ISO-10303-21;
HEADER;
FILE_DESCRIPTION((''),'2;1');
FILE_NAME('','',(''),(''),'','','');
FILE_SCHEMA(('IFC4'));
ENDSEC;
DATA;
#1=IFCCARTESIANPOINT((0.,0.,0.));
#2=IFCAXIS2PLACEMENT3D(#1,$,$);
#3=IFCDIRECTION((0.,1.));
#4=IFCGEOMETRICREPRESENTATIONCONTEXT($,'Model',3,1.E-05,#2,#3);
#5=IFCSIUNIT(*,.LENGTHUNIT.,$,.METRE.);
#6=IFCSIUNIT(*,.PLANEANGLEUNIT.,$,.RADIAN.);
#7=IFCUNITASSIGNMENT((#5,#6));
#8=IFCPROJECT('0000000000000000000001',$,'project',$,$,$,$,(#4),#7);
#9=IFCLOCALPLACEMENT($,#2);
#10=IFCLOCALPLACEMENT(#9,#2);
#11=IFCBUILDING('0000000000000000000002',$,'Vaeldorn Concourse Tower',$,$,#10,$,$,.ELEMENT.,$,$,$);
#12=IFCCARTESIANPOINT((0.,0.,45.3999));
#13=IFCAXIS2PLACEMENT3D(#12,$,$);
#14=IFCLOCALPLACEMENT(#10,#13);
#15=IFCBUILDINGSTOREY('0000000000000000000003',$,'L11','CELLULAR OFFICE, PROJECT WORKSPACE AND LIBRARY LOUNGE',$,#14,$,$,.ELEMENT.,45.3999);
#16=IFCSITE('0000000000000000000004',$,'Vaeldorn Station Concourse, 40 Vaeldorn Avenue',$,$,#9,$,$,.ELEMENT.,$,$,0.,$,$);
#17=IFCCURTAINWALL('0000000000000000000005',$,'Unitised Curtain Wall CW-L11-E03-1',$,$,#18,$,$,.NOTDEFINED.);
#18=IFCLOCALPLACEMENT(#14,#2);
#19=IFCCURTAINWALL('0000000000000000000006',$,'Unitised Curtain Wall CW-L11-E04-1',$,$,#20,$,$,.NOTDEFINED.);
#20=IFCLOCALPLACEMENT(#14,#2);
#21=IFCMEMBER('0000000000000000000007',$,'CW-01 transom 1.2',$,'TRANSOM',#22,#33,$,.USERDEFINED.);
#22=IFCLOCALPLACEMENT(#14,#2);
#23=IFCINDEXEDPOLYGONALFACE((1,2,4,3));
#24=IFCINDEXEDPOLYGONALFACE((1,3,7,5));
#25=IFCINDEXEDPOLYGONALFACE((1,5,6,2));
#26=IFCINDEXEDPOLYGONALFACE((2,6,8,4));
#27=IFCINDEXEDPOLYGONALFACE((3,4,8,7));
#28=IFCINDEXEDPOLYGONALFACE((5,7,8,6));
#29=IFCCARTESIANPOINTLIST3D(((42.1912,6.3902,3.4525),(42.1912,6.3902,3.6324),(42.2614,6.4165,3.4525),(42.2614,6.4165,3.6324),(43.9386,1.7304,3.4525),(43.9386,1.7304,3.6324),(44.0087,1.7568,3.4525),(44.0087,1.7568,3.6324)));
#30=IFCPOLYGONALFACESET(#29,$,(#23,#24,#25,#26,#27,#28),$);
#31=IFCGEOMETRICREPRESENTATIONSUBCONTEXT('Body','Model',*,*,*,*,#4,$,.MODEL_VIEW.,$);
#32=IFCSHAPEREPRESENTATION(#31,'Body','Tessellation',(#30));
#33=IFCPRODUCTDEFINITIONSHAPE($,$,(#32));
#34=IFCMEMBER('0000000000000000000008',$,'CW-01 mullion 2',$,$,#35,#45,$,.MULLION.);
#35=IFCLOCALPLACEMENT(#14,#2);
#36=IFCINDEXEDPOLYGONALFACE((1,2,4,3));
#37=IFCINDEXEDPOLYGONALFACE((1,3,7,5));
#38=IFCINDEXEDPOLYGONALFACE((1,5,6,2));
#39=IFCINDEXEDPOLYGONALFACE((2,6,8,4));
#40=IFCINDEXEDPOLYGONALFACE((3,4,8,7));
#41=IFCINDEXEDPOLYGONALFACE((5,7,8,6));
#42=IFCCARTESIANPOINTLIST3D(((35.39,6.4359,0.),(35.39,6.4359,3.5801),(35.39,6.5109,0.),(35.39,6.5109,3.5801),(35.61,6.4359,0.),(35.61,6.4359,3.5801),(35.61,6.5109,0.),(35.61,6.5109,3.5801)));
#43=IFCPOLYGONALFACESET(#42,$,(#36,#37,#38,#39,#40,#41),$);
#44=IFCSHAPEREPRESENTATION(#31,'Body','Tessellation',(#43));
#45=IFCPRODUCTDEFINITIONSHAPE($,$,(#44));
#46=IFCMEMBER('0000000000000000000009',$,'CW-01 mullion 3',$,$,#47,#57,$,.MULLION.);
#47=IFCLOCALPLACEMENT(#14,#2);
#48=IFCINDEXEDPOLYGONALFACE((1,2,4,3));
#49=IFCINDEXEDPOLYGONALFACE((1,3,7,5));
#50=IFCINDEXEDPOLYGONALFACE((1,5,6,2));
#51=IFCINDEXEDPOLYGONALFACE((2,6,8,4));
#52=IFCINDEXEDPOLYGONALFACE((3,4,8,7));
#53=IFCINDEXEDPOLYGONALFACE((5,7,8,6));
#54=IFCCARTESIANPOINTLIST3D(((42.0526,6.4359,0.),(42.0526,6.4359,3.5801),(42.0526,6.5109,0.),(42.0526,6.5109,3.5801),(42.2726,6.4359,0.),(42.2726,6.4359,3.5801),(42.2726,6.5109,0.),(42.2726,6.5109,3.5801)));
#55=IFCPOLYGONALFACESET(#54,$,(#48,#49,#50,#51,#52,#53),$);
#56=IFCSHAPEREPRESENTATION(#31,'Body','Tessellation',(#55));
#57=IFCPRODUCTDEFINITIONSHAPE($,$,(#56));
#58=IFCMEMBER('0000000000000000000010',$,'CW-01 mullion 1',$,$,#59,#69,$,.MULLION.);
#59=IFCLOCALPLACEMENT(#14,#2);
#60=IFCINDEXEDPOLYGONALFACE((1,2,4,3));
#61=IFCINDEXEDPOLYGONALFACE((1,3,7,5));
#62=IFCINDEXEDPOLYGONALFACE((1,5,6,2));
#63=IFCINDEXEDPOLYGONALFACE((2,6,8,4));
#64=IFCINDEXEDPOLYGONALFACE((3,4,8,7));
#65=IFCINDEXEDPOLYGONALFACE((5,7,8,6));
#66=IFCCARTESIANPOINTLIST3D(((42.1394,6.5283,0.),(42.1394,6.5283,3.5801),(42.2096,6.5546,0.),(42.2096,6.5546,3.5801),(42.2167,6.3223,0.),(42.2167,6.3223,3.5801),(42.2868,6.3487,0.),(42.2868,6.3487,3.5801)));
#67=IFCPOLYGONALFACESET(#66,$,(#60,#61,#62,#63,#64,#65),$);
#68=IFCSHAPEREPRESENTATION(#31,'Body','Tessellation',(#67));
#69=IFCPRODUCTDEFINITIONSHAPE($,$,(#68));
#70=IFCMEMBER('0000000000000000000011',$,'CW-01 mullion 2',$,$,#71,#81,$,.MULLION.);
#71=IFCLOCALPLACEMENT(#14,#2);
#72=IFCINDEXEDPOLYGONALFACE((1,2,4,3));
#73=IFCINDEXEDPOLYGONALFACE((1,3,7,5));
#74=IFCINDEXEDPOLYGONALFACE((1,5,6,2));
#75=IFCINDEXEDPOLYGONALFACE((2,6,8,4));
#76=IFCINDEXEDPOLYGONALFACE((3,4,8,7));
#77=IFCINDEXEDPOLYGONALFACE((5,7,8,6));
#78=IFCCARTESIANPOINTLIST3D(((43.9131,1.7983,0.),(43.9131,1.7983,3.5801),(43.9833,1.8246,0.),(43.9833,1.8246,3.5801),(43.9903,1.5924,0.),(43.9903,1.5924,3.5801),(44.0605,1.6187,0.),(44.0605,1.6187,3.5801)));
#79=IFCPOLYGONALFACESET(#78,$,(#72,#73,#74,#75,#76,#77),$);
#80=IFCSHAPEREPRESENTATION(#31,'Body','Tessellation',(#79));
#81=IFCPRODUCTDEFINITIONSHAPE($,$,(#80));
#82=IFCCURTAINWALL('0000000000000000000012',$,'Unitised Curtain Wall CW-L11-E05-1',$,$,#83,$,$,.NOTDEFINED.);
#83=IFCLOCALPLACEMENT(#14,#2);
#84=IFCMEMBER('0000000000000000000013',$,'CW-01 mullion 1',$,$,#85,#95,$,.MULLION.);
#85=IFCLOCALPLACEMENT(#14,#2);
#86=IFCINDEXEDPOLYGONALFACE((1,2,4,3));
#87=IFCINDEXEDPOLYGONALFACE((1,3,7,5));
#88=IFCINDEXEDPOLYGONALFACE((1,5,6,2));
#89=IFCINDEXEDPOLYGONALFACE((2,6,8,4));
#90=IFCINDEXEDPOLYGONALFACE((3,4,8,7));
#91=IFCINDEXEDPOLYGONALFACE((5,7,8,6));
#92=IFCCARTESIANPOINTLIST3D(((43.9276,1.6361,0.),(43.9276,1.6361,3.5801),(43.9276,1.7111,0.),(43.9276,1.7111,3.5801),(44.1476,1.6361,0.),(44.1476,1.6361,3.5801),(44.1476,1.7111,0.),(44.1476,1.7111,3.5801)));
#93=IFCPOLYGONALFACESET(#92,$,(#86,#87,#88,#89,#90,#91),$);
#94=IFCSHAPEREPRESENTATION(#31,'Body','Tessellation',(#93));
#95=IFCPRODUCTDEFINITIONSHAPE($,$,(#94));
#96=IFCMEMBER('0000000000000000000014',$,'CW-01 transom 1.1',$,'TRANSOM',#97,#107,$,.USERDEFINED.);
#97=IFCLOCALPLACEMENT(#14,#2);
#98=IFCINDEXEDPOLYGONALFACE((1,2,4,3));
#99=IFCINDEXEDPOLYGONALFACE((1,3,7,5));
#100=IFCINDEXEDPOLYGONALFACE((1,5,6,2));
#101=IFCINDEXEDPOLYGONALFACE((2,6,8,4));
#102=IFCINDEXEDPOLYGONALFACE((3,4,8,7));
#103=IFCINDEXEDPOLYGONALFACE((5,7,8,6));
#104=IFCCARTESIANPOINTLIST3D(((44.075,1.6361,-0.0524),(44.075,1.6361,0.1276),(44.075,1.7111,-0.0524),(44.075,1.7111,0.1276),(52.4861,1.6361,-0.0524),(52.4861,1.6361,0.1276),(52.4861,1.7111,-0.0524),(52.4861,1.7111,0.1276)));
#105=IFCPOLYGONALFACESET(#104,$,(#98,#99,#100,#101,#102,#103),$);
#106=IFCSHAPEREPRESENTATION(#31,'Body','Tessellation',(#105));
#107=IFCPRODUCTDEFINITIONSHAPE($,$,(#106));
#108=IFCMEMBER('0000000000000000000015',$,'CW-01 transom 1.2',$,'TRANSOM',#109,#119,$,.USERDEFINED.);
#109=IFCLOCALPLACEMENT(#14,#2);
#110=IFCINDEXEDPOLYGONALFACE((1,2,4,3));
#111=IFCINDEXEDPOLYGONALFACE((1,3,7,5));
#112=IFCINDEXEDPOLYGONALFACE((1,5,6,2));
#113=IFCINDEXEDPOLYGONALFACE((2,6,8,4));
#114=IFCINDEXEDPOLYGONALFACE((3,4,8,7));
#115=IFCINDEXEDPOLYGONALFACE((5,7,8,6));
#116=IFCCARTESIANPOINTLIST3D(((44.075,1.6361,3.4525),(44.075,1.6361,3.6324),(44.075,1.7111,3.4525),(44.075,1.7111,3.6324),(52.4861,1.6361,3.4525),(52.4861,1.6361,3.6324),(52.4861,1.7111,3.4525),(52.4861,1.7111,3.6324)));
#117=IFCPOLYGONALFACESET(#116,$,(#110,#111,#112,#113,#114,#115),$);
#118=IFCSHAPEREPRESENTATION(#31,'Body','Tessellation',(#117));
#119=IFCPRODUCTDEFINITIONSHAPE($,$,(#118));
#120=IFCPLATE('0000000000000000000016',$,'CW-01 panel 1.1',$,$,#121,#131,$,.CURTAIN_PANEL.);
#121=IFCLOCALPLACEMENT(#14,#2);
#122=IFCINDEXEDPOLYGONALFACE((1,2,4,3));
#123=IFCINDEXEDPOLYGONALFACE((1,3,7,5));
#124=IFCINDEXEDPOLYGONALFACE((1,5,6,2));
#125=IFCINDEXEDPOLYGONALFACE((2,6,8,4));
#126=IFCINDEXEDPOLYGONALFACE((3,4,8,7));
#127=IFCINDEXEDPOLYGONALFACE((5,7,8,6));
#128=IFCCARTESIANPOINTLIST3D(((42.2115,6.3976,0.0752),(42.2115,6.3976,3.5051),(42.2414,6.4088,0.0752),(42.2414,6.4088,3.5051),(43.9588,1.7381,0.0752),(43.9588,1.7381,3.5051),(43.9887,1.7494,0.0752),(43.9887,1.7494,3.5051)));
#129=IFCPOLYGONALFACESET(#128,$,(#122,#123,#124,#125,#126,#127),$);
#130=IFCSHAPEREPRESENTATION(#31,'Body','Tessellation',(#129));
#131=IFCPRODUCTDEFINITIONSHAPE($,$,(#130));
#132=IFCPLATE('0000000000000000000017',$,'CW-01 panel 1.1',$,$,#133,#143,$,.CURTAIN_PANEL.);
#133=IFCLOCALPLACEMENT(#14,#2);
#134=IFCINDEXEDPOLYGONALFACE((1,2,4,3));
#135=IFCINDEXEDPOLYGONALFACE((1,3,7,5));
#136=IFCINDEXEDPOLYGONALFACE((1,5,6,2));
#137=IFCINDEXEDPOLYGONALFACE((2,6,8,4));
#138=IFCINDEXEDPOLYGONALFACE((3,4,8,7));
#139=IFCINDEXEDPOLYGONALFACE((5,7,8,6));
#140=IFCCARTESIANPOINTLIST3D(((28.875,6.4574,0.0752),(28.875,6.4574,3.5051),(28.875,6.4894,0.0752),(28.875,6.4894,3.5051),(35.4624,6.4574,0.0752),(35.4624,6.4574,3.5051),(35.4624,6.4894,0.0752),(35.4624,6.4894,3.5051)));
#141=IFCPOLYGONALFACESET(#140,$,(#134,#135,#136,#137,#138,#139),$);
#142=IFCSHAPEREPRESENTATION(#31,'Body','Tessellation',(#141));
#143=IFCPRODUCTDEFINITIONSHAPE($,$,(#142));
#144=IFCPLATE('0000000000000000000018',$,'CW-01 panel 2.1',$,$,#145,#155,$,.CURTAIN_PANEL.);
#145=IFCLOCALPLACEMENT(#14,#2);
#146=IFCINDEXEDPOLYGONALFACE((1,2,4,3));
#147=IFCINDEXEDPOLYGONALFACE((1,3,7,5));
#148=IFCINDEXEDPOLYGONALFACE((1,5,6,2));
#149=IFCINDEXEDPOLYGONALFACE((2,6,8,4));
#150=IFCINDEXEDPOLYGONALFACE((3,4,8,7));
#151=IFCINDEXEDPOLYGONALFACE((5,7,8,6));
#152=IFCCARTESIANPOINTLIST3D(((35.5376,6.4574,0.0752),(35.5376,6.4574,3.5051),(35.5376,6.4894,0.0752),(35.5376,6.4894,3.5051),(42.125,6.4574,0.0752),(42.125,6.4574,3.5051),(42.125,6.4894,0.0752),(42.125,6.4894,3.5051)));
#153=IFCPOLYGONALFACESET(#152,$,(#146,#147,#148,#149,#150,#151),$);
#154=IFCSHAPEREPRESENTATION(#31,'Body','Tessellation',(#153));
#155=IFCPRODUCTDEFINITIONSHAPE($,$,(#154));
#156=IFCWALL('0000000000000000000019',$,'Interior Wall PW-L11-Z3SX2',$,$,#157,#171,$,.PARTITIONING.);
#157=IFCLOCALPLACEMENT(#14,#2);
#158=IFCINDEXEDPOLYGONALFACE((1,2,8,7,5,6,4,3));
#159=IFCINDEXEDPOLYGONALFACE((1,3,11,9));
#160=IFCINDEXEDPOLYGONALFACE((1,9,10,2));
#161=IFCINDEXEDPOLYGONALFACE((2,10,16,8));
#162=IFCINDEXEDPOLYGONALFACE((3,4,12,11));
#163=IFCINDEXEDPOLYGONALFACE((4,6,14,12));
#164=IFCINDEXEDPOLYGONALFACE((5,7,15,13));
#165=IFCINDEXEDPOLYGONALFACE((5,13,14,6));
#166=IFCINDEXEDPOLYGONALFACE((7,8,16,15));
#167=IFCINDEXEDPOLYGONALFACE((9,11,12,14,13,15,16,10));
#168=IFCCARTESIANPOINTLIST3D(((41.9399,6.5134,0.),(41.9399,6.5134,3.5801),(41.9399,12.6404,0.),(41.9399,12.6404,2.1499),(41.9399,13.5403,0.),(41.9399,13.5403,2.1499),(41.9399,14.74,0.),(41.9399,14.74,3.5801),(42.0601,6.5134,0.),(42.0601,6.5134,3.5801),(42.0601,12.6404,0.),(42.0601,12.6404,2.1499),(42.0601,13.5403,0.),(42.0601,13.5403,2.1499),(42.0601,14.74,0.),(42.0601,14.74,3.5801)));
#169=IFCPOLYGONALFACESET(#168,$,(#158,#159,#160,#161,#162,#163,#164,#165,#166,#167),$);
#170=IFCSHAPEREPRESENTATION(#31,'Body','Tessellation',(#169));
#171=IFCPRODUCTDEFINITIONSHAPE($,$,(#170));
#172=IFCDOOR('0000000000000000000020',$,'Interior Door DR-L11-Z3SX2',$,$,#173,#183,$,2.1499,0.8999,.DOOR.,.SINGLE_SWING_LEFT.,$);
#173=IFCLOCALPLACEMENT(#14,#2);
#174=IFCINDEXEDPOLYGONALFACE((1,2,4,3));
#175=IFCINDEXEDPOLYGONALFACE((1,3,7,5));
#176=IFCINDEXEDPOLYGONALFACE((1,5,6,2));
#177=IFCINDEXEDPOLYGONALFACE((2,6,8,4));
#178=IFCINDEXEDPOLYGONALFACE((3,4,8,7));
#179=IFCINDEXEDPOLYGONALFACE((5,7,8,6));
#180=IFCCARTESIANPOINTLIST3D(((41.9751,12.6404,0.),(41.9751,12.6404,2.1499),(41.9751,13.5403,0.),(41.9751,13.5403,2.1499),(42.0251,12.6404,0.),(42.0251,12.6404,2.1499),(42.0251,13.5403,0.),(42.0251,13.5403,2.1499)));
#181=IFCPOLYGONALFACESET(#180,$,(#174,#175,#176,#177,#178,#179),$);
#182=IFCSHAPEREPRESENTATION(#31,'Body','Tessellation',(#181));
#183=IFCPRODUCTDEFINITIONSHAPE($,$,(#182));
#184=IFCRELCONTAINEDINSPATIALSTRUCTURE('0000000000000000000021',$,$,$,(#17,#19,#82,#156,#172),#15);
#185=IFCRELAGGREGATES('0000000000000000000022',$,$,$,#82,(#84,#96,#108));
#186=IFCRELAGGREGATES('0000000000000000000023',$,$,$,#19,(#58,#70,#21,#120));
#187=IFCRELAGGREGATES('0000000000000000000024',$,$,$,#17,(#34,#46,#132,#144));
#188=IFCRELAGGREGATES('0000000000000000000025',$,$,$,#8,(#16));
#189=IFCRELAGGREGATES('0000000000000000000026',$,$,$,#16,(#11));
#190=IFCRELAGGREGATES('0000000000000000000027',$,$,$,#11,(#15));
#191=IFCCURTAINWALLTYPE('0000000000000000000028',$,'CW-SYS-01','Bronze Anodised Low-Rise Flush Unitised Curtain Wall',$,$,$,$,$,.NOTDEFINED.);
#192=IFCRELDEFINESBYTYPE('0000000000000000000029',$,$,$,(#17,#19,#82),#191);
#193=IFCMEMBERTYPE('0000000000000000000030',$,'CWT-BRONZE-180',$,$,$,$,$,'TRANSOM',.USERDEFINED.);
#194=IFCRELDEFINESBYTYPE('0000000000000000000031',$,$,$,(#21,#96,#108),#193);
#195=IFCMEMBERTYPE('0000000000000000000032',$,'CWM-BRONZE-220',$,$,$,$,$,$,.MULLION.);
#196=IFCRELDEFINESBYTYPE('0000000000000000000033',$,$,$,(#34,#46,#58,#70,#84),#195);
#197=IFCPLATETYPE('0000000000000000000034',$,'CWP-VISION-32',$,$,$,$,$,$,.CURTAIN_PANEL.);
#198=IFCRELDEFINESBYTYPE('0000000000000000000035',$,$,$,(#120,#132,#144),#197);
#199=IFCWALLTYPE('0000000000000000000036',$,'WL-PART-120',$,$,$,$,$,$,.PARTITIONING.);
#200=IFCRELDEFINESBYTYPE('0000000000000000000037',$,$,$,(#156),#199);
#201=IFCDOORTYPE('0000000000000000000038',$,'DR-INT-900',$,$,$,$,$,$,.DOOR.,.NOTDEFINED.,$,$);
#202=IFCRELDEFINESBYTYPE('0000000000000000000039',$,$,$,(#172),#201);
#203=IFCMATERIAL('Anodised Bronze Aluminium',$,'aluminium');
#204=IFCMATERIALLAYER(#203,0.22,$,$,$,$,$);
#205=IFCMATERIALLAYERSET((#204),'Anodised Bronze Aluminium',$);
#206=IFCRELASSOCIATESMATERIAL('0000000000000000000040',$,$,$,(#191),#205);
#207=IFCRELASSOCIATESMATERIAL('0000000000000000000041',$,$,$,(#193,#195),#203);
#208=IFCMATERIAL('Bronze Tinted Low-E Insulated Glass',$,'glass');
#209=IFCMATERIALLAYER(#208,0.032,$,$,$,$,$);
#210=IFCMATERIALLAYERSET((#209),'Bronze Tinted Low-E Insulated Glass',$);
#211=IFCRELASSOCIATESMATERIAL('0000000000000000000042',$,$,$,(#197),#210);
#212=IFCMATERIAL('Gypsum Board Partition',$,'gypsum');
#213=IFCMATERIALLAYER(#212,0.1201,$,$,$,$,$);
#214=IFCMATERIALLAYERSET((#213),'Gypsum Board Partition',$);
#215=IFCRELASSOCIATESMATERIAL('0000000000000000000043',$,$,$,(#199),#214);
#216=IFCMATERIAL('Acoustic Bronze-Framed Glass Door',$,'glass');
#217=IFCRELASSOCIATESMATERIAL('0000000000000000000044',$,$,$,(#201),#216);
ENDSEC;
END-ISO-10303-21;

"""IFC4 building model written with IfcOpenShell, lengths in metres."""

from ifc_helpers import new_model, si_unit, direction, frame, frame_2d, origin, origin_2d, place, context, subcontext, project, spatial, rectangle, extrude, source, transform, mapped, material, layer, layer_set, material_profile, profile_set, type_object, element, fill, aggregate, save


model = new_model("IFC4")

# Units and contexts
model_context = context("Model", 3, precision=1e-05, world=origin(), true_north=direction((0.0, 1.0)))
body_context = subcontext(model_context, "Body", "Model", "MODEL_VIEW")
ifc_project = project(units=[si_unit("LENGTHUNIT", "METRE"), si_unit("PLANEANGLEUNIT", "RADIAN")], contexts=[model_context])

# Site, building, storey
site_placement = place(None, origin())
site = spatial("IfcSite", under=ifc_project, at=site_placement, Name="Vaeldorn Station Concourse, 40 Vaeldorn Avenue", CompositionType="ELEMENT", RefElevation=0.0)
building_placement = place(site_placement, origin())
building = spatial("IfcBuilding", under=site, at=building_placement, Name="Vaeldorn Concourse Tower", CompositionType="ELEMENT")
storey_placement = place(building_placement, frame((0.0, 0.0, 45.3999)))
storey = spatial("IfcBuildingStorey", under=building, at=storey_placement, Name="L11", Description="CELLULAR OFFICE, PROJECT WORKSPACE AND LIBRARY LOUNGE", CompositionType="ELEMENT", Elevation=45.3999)

# Curtain walls, member
ifc_material_1 = material(Name="Anodised Bronze Aluminium", Category="aluminium")
ifc_layer_1 = layer(ifc_material_1, 0.22)
ifc_layer_set_1 = layer_set([ifc_layer_1], Name="Anodised Bronze Aluminium")
curtain_wall_type = type_object("IfcCurtainWallType", Name="CW-SYS-01", Description="Bronze Anodised Low-Rise Flush Unitised Curtain Wall", PredefinedType="NOTDEFINED", material=ifc_layer_set_1)
curtain_wall_1_placement = place(storey_placement, origin())
curtain_wall_1 = element("IfcCurtainWall", 1, at=curtain_wall_1_placement, inside=storey, type_object=curtain_wall_type, Name="Unitised Curtain Wall CW-L11-E03-1", PredefinedType="NOTDEFINED")
ifc_material_profile_1 = material_profile(ifc_material_1, rectangle(XDim=0.075, YDim=0.1799, at=origin_2d()), Name="CWT 75x180")
ifc_profile_set_1 = profile_set([ifc_material_profile_1], Name="Anodised Bronze Aluminium")
member_type_1 = type_object("IfcMemberType", Name="CWT-BRONZE-180", ElementType="TRANSOM", PredefinedType="USERDEFINED", material=ifc_profile_set_1)
curtain_wall_2_placement = place(storey_placement, origin())
curtain_wall_2 = element("IfcCurtainWall", 2, at=curtain_wall_2_placement, inside=storey, type_object=curtain_wall_type, Name="Unitised Curtain Wall CW-L11-E04-1", PredefinedType="NOTDEFINED")
shared_shape_1 = source(origin(), body_context, "Body", "SweptSolid", [
    extrude(rectangle(XDim=0.075, YDim=0.1799, at=origin_2d()), origin(), (0.0, 0.0, 1.0), 4.9766),
])
member_1_placement = place(storey_placement, frame((42.2263, 6.4033, 3.5425), z_axis=(0.351113, -0.936333, 0.0), x_axis=(0.936333, 0.351113, 0.0)))
member_1 = element("IfcMember", 3, at=member_1_placement, type_object=member_type_1, Name="CW-01 transom 1.2", ObjectType="TRANSOM", PredefinedType="USERDEFINED", context=body_context, shape_type="MappedRepresentation", body=[
    mapped(shared_shape_1, transform((0.0, 0.0, 0.0), scale=1.0)),
])

# Members
ifc_material_profile_2 = material_profile(ifc_material_1, rectangle(XDim=0.075, YDim=0.22, at=origin_2d()), Name="CWM 75x220")
ifc_profile_set_2 = profile_set([ifc_material_profile_2], Name="Anodised Bronze Aluminium")
member_type_2 = type_object("IfcMemberType", Name="CWM-BRONZE-220", PredefinedType="MULLION", material=ifc_profile_set_2)
shared_shape_2 = source(origin(), body_context, "Body", "SweptSolid", [
    extrude(rectangle(XDim=0.075, YDim=0.22, at=origin_2d()), origin(), (0.0, 0.0, 1.0), 3.5801),
])
member_2_placement = place(storey_placement, frame((35.5, 6.4734, 0.0), z_axis=(0.0, 0.0, 1.0), x_axis=(0.0, 1.0, 0.0)))
member_2 = element("IfcMember", 4, at=member_2_placement, type_object=member_type_2, Name="CW-01 mullion 2", PredefinedType="MULLION", context=body_context, shape_type="MappedRepresentation", body=[
    mapped(shared_shape_2, transform((0.0, 0.0, 0.0), scale=1.0)),
])
member_3_placement = place(storey_placement, frame((42.1626, 6.4734, 0.0), z_axis=(0.0, 0.0, 1.0), x_axis=(0.0, 1.0, 0.0)))
member_3 = element("IfcMember", 5, at=member_3_placement, type_object=member_type_2, Name="CW-01 mullion 3", PredefinedType="MULLION", context=body_context, shape_type="MappedRepresentation", body=[
    mapped(shared_shape_2, transform((0.0, 0.0, 0.0), scale=1.0)),
])
member_4_placement = place(storey_placement, frame((42.2131, 6.4385, 0.0), z_axis=(0.0, 0.0, 1.0), x_axis=(0.936329, 0.351123, 0.0)))
member_4 = element("IfcMember", 6, at=member_4_placement, type_object=member_type_2, Name="CW-01 mullion 1", PredefinedType="MULLION", context=body_context, shape_type="MappedRepresentation", body=[
    mapped(shared_shape_2, transform((0.0, 0.0, 0.0), scale=1.0)),
])
member_5_placement = place(storey_placement, frame((43.9868, 1.7085, 0.0), z_axis=(0.0, 0.0, 1.0), x_axis=(0.936329, 0.351123, 0.0)))
member_5 = element("IfcMember", 7, at=member_5_placement, type_object=member_type_2, Name="CW-01 mullion 2", PredefinedType="MULLION", context=body_context, shape_type="MappedRepresentation", body=[
    mapped(shared_shape_2, transform((0.0, 0.0, 0.0), scale=1.0)),
])

# Curtain wall, members
curtain_wall_3_placement = place(storey_placement, origin())
curtain_wall_3 = element("IfcCurtainWall", 8, at=curtain_wall_3_placement, inside=storey, type_object=curtain_wall_type, Name="Unitised Curtain Wall CW-L11-E05-1", PredefinedType="NOTDEFINED")
member_6_placement = place(storey_placement, frame((44.0376, 1.6736, 0.0), z_axis=(0.0, 0.0, 1.0), x_axis=(0.0, 1.0, 0.0)))
member_6 = element("IfcMember", 9, at=member_6_placement, type_object=member_type_2, Name="CW-01 mullion 1", PredefinedType="MULLION", context=body_context, shape_type="MappedRepresentation", body=[
    mapped(shared_shape_2, transform((0.0, 0.0, 0.0), scale=1.0)),
])
shared_shape_3 = source(origin(), body_context, "Body", "SweptSolid", [
    extrude(rectangle(XDim=0.075, YDim=0.1799, at=origin_2d()), origin(), (0.0, 0.0, 1.0), 8.4111),
])
member_7_placement = place(storey_placement, frame((44.075, 1.6736, 0.0376), z_axis=(1.0, 0.0, 0.0), x_axis=(0.0, 1.0, 0.0)))
member_7 = element("IfcMember", 10, at=member_7_placement, type_object=member_type_1, Name="CW-01 transom 1.1", ObjectType="TRANSOM", PredefinedType="USERDEFINED", context=body_context, shape_type="MappedRepresentation", body=[
    mapped(shared_shape_3, transform((0.0, 0.0, 0.0), scale=1.0)),
])
member_8_placement = place(storey_placement, frame((44.075, 1.6736, 3.5425), z_axis=(1.0, 0.0, 0.0), x_axis=(0.0, 1.0, 0.0)))
member_8 = element("IfcMember", 11, at=member_8_placement, type_object=member_type_1, Name="CW-01 transom 1.2", ObjectType="TRANSOM", PredefinedType="USERDEFINED", context=body_context, shape_type="MappedRepresentation", body=[
    mapped(shared_shape_3, transform((0.0, 0.0, 0.0), scale=1.0)),
])
aggregate(curtain_wall_3, [member_6, member_7, member_8])

# Plates
ifc_material_2 = material(Name="Bronze Tinted Low-E Insulated Glass", Category="glass")
ifc_layer_2 = layer(ifc_material_2, 0.032)
ifc_layer_set_2 = layer_set([ifc_layer_2], Name="Bronze Tinted Low-E Insulated Glass")
plate_type = type_object("IfcPlateType", Name="CWP-VISION-32", PredefinedType="CURTAIN_PANEL", material=ifc_layer_set_2)
shared_shape_4 = source(origin(), body_context, "Body", "SweptSolid", [
    extrude(rectangle(XDim=4.9763, YDim=0.032, at=origin_2d()), origin(), (0.0, 0.0, 1.0), 3.4299),
])
plate_1_placement = place(storey_placement, frame((43.1001, 4.0735, 0.0752), z_axis=(0.0, 0.0, 1.0), x_axis=(0.351123, -0.936329, 0.0)))
plate_1 = element("IfcPlate", 12, at=plate_1_placement, type_object=plate_type, Name="CW-01 panel 1.1", PredefinedType="CURTAIN_PANEL", context=body_context, shape_type="MappedRepresentation", body=[
    mapped(shared_shape_4, transform((0.0, 0.0, 0.0), scale=1.0)),
])
aggregate(curtain_wall_2, [member_4, member_5, member_1, plate_1])
shared_shape_5 = source(origin(), body_context, "Body", "SweptSolid", [
    extrude(rectangle(XDim=6.5874, YDim=0.032, at=origin_2d()), origin(), (0.0, 0.0, 1.0), 3.4299),
])
plate_2_placement = place(storey_placement, frame((32.1687, 6.4734, 0.0752), z_axis=(0.0, 0.0, 1.0), x_axis=(1.0, 0.0, 0.0)))
plate_2 = element("IfcPlate", 13, at=plate_2_placement, type_object=plate_type, Name="CW-01 panel 1.1", PredefinedType="CURTAIN_PANEL", context=body_context, shape_type="MappedRepresentation", body=[
    mapped(shared_shape_5, transform((0.0, 0.0, 0.0), scale=1.0)),
])
plate_3_placement = place(storey_placement, frame((38.8313, 6.4734, 0.0752), z_axis=(0.0, 0.0, 1.0), x_axis=(1.0, 0.0, 0.0)))
plate_3 = element("IfcPlate", 14, at=plate_3_placement, type_object=plate_type, Name="CW-01 panel 2.1", PredefinedType="CURTAIN_PANEL", context=body_context, shape_type="MappedRepresentation", body=[
    mapped(shared_shape_5, transform((0.0, 0.0, 0.0), scale=1.0)),
])
aggregate(curtain_wall_1, [member_2, member_3, plate_2, plate_3])

# Wall, opening, door
ifc_material_3 = material(Name="Gypsum Board Partition", Category="gypsum")
ifc_layer_3 = layer(ifc_material_3, 0.1201)
ifc_layer_set_3 = layer_set([ifc_layer_3], Name="Gypsum Board Partition")
wall_type = type_object("IfcWallType", Name="WL-PART-120", PredefinedType="PARTITIONING", material=ifc_layer_set_3)
wall_placement = place(storey_placement, frame((42.0, 6.5134, 0.0), z_axis=(0.0, 0.0, 1.0), x_axis=(0.0, 1.0, 0.0)))
wall = element("IfcWall", 15, at=wall_placement, inside=storey, type_object=wall_type, Name="Interior Wall PW-L11-Z3SX2", PredefinedType="PARTITIONING", context=body_context, shape_type="SweptSolid", body=[
    extrude(rectangle(XDim=8.2266, YDim=0.1201, at=frame_2d((4.1133, 0.0))), origin(), (0.0, 0.0, 1.0), 3.5801),
])
opening_placement = place(wall_placement, frame((6.127, 0.0, 0.0)))
opening = element("IfcOpeningElement", 16, at=opening_placement, cuts=wall, PredefinedType="OPENING", context=body_context, shape_type="SweptSolid", body=[
    extrude(rectangle(XDim=0.8999, YDim=2.1499, at=frame_2d((0.45, 1.075))), frame((0.0, 0.0701, 0.0), z_axis=(0.0, -1.0, 0.0), x_axis=(1.0, 0.0, 0.0)), (0.0, 0.0, 1.0), 0.1401),
])
ifc_material_4 = material(Name="Acoustic Bronze-Framed Glass Door", Category="glass")
door_type = type_object("IfcDoorType", Name="DR-INT-900", OperationType="NOTDEFINED", PredefinedType="DOOR", material=ifc_material_4)
shared_shape_6 = source(origin(), body_context, "Body", "SweptSolid", [
    extrude(rectangle(XDim=0.8999, YDim=2.1499, at=frame_2d((0.45, 1.075))), frame((0.0, 0.0249, 0.0), z_axis=(0.0, -1.0, 0.0), x_axis=(1.0, 0.0, 0.0)), (0.0, 0.0, 1.0), 0.05),
])
door_placement = place(opening_placement, origin())
door = element("IfcDoor", 17, at=door_placement, inside=storey, type_object=door_type, Name="Interior Door DR-L11-Z3SX2", OperationType="SINGLE_SWING_LEFT", OverallHeight=2.1499, OverallWidth=0.8999, PredefinedType="DOOR", context=body_context, shape_type="MappedRepresentation", body=[
    mapped(shared_shape_6, transform((0.0, 0.0, 0.0), scale=1.0)),
])
fill(opening, door)

save(model, "model.ifc")
